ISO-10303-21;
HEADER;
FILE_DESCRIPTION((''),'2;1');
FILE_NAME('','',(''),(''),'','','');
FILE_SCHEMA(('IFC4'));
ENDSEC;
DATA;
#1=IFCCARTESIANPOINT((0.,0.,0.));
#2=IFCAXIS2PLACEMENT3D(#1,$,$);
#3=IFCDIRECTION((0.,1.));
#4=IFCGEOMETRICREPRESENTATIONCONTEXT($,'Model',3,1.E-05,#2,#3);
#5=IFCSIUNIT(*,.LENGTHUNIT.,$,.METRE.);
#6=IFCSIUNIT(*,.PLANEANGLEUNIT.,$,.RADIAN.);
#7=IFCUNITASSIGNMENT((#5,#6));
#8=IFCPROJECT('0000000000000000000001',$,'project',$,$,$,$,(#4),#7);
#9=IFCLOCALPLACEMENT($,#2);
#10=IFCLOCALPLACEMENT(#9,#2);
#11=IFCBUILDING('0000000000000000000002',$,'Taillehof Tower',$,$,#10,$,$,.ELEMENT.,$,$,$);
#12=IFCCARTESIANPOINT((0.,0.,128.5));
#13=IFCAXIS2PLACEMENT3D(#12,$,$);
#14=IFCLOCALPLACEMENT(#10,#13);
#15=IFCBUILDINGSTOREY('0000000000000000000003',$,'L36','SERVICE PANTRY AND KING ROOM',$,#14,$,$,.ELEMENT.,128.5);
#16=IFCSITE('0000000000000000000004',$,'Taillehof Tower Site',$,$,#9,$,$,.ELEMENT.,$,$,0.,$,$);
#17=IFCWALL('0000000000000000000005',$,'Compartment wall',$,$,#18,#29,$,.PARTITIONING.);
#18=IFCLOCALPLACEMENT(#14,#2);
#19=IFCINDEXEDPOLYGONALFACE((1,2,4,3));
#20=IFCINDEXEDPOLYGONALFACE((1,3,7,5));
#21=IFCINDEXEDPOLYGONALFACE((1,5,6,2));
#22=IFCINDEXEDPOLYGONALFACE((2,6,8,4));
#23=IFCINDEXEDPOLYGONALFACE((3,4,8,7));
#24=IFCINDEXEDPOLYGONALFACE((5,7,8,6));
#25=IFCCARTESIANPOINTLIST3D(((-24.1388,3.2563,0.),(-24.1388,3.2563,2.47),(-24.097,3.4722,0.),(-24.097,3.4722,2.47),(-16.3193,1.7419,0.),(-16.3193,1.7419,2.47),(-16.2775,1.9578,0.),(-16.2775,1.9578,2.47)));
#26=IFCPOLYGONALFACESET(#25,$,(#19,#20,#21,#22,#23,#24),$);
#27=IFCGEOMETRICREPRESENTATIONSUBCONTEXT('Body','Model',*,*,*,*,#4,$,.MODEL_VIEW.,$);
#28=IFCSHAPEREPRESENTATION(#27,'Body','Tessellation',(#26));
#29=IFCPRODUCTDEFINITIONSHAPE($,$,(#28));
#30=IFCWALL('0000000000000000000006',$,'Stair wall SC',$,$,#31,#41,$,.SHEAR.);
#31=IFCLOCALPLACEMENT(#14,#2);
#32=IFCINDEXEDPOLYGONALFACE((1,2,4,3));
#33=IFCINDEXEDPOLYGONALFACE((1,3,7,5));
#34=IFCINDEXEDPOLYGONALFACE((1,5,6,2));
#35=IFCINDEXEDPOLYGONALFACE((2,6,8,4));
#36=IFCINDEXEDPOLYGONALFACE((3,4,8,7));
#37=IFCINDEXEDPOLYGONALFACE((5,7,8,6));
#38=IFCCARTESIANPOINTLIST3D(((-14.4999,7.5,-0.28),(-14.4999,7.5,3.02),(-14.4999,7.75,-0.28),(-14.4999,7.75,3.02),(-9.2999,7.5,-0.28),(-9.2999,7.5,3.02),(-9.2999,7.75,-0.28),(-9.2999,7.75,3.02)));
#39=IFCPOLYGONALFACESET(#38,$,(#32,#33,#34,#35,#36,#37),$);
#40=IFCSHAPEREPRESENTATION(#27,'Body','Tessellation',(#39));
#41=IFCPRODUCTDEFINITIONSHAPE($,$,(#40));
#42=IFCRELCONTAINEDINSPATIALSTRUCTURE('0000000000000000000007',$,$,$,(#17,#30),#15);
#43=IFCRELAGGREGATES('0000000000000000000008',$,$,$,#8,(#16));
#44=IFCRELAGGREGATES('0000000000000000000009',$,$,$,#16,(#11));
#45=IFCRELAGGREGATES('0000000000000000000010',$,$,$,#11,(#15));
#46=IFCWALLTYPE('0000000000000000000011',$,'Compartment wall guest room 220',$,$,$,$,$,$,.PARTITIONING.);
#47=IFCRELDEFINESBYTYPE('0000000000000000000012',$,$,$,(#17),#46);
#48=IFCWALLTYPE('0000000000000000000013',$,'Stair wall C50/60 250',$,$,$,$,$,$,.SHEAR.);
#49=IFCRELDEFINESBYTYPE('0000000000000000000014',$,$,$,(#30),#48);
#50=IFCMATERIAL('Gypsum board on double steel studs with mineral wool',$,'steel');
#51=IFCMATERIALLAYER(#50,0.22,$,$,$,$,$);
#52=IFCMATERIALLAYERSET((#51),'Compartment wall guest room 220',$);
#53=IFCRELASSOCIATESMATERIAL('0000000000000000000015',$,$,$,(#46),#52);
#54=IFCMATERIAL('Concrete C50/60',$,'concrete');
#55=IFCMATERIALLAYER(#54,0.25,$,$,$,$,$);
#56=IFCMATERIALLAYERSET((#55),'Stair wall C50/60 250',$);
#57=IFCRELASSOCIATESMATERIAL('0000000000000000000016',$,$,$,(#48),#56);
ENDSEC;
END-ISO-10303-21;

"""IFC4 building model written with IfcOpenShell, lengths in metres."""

from ifc_helpers import new_model, si_unit, direction, frame, frame_2d, origin, place, context, subcontext, project, spatial, rectangle, extrude, material, layer, layer_set, type_object, element, save


model = new_model("IFC4")

# Units and contexts
model_context = context("Model", 3, precision=1e-05, world=origin(), true_north=direction((0.0, 1.0)))
body_context = subcontext(model_context, "Body", "Model", "MODEL_VIEW")
ifc_project = project(units=[si_unit("LENGTHUNIT", "METRE"), si_unit("PLANEANGLEUNIT", "RADIAN")], contexts=[model_context])

# Site, building, storey
site_placement = place(None, origin())
site = spatial("IfcSite", under=ifc_project, at=site_placement, Name="Taillehof Tower Site", CompositionType="ELEMENT", RefElevation=0.0)
building_placement = place(site_placement, origin())
building = spatial("IfcBuilding", under=site, at=building_placement, Name="Taillehof Tower", CompositionType="ELEMENT")
storey_placement = place(building_placement, frame((0.0, 0.0, 128.5)))
storey = spatial("IfcBuildingStorey", under=building, at=storey_placement, Name="L36", Description="SERVICE PANTRY AND KING ROOM", CompositionType="ELEMENT", Elevation=128.5)

# Walls
ifc_material_1 = material(Name="Gypsum board on double steel studs with mineral wool", Category="steel")
ifc_layer_1 = layer(ifc_material_1, 0.22)
ifc_layer_set_1 = layer_set([ifc_layer_1], Name="Compartment wall guest room 220")
wall_type_1 = type_object("IfcWallType", Name="Compartment wall guest room 220", PredefinedType="PARTITIONING", material=ifc_layer_set_1)
wall_1_placement = place(storey_placement, frame((-24.1179, 3.3643, 0.0), z_axis=(0.0, 0.0, 1.0), x_axis=(0.981758, -0.190135, 0.0)))
element("IfcWall", 1, at=wall_1_placement, inside=storey, type_object=wall_type_1, Name="Compartment wall", PredefinedType="PARTITIONING", context=body_context, shape_type="SweptSolid", body=[
    extrude(rectangle(XDim=7.9648, YDim=0.22, at=frame_2d((3.9824, 0.0))), origin(), (0.0, 0.0, 1.0), 2.47),
])
ifc_material_2 = material(Name="Concrete C50/60", Category="concrete")
ifc_layer_2 = layer(ifc_material_2, 0.25)
ifc_layer_set_2 = layer_set([ifc_layer_2], Name="Stair wall C50/60 250")
wall_type_2 = type_object("IfcWallType", Name="Stair wall C50/60 250", PredefinedType="SHEAR", material=ifc_layer_set_2)
wall_2_placement = place(storey_placement, frame((-14.5, 7.625, -0.28), z_axis=(0.0, 0.0, 1.0), x_axis=(1.0, 0.0, 0.0)))
element("IfcWall", 2, at=wall_2_placement, inside=storey, type_object=wall_type_2, Name="Stair wall SC", PredefinedType="SHEAR", context=body_context, shape_type="SweptSolid", body=[
    extrude(rectangle(XDim=5.2, YDim=0.25, at=frame_2d((2.6001, 0.0))), origin(), (0.0, 0.0, 1.0), 3.3),
])

save(model, "model.ifc")
